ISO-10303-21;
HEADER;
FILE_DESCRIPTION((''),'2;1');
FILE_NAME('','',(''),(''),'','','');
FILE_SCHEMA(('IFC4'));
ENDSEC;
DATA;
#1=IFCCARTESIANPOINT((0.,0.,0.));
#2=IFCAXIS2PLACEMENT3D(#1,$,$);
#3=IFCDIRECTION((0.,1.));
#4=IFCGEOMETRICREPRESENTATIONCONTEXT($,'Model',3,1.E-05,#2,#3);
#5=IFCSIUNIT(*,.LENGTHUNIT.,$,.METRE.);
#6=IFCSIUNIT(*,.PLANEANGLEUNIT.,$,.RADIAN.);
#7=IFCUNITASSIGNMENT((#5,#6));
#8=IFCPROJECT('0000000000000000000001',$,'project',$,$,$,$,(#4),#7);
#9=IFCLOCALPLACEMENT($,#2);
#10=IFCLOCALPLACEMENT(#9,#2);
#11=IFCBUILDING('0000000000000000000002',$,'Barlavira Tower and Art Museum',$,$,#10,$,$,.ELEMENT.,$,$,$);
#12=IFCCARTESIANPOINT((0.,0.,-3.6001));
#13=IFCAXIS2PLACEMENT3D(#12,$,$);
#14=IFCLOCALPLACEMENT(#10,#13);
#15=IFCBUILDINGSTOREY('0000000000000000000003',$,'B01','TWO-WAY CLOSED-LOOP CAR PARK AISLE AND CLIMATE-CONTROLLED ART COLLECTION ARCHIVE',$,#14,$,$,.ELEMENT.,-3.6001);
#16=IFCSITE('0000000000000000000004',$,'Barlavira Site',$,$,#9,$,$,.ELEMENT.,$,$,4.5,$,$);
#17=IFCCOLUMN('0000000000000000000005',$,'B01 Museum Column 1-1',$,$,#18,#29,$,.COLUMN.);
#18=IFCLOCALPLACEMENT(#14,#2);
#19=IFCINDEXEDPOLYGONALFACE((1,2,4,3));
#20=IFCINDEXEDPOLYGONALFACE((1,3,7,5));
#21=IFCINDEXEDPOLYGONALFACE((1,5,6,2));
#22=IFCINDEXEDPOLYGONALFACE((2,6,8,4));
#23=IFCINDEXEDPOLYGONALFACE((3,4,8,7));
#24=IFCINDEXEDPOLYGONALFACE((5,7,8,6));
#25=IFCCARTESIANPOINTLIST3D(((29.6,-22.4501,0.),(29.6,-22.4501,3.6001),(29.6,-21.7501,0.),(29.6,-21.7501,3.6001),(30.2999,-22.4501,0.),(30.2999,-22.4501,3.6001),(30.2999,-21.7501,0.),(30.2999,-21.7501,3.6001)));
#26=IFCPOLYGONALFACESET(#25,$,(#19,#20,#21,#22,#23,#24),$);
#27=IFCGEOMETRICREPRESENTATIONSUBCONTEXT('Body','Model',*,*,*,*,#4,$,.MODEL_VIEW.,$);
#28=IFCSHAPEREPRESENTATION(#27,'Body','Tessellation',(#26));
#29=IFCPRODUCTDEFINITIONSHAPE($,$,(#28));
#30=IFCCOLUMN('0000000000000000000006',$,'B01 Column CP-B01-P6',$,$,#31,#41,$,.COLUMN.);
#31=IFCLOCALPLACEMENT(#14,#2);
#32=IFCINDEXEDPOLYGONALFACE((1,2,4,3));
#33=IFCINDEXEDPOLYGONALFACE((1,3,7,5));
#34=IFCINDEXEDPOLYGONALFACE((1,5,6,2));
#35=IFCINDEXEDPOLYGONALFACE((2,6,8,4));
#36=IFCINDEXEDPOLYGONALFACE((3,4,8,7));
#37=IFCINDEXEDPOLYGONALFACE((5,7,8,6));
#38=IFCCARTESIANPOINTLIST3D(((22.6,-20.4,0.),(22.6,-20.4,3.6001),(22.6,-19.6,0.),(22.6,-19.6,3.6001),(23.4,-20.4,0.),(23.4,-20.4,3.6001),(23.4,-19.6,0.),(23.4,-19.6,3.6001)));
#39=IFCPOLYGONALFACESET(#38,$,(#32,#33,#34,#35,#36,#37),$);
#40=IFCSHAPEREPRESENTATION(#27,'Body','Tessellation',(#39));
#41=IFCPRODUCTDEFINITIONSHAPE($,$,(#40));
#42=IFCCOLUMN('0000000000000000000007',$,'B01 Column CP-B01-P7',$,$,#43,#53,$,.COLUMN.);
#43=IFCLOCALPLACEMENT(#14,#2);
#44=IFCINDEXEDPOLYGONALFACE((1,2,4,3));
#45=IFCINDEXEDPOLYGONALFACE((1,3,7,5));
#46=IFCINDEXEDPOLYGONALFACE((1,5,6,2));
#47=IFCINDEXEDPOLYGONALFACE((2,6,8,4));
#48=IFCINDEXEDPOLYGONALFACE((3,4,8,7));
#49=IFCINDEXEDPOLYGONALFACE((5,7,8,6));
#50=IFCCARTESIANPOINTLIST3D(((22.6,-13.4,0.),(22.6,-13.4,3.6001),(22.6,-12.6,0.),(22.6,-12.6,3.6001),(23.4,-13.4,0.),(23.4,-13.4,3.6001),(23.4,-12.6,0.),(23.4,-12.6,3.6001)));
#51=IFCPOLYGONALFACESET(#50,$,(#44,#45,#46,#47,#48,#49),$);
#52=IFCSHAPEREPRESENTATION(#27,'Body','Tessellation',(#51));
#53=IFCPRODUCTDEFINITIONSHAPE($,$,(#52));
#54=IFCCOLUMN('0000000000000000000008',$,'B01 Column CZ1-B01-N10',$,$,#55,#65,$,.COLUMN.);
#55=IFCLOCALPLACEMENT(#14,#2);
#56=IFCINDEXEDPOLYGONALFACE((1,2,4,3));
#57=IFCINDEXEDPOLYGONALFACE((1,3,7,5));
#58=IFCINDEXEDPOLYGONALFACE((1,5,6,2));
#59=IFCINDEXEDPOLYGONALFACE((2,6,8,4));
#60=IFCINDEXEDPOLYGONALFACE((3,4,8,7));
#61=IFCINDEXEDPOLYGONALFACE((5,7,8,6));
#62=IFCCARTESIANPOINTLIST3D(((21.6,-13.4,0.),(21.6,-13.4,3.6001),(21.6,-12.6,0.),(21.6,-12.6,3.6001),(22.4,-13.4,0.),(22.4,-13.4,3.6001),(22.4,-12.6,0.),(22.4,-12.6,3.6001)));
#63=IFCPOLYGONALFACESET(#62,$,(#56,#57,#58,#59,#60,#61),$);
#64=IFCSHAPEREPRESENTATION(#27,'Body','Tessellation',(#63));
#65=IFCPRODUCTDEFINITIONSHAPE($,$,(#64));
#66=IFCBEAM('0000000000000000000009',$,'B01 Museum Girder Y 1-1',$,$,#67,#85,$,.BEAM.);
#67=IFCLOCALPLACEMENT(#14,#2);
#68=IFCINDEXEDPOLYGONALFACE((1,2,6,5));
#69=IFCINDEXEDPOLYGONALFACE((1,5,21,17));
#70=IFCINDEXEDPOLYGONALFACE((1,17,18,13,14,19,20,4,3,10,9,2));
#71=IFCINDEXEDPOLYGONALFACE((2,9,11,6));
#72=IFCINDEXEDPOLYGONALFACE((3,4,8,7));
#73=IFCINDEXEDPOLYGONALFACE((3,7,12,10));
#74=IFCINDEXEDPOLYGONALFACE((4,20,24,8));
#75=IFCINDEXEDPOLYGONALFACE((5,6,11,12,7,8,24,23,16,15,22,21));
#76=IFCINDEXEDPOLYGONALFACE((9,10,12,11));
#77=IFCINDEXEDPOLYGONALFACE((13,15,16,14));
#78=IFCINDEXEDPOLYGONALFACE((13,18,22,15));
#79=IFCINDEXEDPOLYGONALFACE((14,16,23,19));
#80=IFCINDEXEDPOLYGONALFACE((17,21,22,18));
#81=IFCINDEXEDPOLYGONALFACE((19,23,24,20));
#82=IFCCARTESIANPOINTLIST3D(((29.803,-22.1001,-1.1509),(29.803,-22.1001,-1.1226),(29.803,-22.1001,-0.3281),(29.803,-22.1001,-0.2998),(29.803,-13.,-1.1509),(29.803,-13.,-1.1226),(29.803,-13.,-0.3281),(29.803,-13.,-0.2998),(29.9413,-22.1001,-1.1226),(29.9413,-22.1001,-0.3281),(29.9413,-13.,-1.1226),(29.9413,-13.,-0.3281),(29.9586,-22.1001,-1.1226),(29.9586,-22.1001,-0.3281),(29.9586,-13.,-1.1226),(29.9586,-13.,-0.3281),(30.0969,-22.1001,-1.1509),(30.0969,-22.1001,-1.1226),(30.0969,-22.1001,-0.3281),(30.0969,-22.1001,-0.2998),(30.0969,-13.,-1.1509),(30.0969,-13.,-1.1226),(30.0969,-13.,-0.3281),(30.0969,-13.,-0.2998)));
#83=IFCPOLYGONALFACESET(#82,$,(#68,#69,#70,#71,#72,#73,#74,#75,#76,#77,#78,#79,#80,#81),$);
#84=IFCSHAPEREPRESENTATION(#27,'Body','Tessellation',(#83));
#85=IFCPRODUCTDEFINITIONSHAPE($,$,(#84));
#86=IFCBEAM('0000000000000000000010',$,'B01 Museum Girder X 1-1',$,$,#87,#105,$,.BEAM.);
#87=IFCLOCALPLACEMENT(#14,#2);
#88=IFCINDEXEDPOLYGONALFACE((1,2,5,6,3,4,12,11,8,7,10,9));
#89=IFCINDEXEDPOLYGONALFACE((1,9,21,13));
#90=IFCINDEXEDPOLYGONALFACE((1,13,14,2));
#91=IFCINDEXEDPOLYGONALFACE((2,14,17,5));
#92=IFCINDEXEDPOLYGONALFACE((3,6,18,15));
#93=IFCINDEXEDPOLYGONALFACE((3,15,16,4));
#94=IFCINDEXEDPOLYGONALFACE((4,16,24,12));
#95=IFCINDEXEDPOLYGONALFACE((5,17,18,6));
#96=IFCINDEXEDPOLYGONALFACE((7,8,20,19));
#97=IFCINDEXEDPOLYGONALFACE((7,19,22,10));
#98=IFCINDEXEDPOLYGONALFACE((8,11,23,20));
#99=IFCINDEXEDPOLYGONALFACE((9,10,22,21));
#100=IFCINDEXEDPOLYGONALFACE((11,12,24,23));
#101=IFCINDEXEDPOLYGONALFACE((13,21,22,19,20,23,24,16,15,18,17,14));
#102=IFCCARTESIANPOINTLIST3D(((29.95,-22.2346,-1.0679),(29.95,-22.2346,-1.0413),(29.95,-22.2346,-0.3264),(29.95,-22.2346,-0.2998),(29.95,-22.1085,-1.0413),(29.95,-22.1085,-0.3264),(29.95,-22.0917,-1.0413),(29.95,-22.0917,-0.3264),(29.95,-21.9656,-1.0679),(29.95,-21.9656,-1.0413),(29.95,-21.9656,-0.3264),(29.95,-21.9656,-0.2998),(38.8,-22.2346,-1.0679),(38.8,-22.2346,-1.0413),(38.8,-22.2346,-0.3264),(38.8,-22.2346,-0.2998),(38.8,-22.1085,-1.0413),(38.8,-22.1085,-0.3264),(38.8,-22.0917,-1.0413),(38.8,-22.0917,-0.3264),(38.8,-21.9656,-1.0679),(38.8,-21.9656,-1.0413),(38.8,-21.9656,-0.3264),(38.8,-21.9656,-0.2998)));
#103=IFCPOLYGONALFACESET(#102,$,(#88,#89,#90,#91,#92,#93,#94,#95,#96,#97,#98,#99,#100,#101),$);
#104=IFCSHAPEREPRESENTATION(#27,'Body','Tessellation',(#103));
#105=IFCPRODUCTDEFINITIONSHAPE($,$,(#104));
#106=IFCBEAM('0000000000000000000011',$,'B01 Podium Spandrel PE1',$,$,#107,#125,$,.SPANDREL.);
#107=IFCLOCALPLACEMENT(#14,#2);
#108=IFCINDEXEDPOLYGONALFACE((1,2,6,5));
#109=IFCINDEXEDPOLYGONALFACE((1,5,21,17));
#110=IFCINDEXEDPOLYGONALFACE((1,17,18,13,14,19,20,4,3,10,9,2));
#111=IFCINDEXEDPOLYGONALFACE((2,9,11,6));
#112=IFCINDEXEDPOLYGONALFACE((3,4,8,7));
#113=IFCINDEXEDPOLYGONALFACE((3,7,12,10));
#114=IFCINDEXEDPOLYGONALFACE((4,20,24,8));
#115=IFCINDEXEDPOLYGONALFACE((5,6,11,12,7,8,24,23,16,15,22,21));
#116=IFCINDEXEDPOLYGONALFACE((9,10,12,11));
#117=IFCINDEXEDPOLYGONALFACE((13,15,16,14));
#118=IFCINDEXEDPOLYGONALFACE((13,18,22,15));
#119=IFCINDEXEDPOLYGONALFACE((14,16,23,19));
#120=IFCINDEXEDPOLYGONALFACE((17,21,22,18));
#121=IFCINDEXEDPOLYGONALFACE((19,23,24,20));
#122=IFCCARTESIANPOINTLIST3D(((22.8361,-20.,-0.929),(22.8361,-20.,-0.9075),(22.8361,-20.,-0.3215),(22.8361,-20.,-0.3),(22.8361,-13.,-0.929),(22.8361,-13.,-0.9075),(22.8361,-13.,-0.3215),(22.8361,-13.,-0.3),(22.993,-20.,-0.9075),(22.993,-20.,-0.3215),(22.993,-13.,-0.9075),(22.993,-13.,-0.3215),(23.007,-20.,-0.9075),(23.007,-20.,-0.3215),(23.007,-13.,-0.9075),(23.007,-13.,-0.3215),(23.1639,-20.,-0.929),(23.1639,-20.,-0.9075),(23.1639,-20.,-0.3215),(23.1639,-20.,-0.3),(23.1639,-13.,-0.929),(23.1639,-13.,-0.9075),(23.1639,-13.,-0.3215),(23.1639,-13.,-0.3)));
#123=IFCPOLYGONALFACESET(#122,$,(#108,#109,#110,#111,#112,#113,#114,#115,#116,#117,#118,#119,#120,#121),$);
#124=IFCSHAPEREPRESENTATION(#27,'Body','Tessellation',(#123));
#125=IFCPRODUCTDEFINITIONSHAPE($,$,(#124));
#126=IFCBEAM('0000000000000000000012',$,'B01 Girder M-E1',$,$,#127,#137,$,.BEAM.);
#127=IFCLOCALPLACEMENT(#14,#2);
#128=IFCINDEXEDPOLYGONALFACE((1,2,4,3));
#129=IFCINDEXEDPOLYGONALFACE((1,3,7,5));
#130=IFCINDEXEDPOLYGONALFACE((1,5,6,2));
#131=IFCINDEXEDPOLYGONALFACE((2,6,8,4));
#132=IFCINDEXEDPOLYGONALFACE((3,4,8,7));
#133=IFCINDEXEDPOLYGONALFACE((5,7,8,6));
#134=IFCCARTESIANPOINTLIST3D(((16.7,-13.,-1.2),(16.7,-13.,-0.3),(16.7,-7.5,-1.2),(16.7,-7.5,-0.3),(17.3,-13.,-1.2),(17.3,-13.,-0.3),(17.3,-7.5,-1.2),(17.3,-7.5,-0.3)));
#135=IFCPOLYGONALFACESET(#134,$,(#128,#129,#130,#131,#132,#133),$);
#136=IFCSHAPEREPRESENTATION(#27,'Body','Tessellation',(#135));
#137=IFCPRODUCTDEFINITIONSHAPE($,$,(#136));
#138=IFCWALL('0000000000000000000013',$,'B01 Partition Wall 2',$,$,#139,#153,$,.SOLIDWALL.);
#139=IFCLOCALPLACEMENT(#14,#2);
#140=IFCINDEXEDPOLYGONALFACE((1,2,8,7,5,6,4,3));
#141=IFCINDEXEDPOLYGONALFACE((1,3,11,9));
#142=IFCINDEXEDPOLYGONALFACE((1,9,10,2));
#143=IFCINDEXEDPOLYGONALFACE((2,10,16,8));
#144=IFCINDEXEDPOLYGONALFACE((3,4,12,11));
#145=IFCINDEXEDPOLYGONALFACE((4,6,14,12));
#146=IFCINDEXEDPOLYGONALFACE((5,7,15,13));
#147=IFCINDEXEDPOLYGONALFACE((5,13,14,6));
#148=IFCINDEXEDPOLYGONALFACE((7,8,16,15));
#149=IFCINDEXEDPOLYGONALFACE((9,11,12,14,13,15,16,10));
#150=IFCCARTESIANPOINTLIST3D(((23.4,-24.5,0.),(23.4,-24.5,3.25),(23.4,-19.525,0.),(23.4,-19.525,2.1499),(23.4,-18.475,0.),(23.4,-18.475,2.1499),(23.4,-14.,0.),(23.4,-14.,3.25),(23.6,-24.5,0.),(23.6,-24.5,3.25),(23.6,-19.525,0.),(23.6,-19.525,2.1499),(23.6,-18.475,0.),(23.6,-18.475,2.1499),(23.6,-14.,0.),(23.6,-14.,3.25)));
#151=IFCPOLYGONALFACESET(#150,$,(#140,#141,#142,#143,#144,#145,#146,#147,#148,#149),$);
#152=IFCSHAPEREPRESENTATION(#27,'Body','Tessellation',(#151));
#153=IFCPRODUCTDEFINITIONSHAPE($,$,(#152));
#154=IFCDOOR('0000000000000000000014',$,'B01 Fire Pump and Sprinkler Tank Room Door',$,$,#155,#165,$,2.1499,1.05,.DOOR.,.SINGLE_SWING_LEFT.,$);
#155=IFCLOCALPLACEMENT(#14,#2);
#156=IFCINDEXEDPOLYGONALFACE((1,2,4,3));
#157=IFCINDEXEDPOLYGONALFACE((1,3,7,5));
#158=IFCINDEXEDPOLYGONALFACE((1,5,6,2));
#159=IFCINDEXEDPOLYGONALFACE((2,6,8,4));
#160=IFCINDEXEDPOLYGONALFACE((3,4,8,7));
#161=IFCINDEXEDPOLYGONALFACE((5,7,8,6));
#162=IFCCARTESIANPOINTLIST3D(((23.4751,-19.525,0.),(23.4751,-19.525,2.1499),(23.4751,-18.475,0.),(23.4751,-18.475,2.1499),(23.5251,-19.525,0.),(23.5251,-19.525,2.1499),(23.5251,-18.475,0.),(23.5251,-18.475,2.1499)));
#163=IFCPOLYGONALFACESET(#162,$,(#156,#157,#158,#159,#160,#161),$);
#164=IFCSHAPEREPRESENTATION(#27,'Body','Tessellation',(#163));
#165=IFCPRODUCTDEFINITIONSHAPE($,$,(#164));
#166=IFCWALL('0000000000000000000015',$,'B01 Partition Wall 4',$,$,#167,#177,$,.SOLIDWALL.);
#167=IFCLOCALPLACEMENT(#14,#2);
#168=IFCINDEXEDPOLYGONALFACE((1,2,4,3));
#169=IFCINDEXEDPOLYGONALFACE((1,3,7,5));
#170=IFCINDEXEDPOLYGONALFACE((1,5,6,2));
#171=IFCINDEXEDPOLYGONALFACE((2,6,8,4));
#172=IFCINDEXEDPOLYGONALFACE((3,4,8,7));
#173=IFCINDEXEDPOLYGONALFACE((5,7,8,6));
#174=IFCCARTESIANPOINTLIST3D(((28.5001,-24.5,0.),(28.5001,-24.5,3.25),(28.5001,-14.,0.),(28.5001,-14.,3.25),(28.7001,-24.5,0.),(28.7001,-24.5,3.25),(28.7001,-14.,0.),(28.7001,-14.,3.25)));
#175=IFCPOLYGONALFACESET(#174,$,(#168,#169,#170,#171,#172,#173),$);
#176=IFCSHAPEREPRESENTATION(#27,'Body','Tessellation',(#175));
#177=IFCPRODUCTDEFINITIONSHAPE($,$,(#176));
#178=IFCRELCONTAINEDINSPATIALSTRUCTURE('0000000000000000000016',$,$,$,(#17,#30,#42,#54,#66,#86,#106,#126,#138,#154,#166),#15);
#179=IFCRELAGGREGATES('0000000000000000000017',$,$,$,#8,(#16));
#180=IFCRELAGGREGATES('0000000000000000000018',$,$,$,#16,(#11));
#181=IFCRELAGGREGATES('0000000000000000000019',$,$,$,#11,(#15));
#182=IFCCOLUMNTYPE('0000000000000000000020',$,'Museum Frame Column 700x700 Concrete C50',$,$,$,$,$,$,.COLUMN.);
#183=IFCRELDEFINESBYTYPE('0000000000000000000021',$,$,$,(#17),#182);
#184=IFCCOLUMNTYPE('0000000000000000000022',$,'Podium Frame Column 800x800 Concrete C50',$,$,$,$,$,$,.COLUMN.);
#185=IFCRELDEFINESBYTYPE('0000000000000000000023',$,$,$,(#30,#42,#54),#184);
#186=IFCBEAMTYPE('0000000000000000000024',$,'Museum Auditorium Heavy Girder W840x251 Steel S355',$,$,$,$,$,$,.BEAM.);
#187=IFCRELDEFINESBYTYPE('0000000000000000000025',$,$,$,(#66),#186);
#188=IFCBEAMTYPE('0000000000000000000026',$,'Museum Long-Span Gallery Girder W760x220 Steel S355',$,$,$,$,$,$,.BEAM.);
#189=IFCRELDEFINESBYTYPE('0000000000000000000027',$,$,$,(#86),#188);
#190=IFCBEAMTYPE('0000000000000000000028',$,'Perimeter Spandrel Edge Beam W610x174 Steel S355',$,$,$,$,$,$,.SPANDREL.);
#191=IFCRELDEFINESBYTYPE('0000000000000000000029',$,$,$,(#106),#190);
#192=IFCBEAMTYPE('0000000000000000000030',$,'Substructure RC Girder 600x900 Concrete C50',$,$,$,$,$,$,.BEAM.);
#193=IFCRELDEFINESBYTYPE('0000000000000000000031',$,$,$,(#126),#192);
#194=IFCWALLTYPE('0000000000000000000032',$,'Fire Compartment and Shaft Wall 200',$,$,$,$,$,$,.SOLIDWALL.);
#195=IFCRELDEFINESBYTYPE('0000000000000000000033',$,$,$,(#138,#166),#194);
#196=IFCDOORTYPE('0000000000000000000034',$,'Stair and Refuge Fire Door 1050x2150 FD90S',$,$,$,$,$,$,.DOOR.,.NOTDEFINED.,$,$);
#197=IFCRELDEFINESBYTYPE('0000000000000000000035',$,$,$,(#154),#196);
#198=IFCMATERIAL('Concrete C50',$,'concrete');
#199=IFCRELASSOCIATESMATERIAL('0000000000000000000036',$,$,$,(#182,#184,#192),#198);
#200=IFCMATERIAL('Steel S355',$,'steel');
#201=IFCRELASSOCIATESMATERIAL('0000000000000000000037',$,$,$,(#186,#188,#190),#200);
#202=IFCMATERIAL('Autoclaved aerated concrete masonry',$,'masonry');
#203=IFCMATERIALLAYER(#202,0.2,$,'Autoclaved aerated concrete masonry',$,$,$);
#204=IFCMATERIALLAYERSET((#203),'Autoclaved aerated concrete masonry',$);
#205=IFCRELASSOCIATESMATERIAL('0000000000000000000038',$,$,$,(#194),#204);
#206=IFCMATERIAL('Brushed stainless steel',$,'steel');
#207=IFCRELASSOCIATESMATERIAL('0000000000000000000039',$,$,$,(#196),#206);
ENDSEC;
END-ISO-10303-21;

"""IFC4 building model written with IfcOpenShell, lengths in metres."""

from ifc_helpers import new_model, si_unit, direction, frame, frame_2d, origin, origin_2d, place, context, subcontext, project, spatial, rectangle, i_section, extrude, material, layer, layer_set, material_profile, profile_set, type_object, element, fill, save


model = new_model("IFC4")

# Units and contexts
model_context = context("Model", 3, precision=1e-05, world=origin(), true_north=direction((0.0, 1.0)))
body_context = subcontext(model_context, "Body", "Model", "MODEL_VIEW")
ifc_project = project(units=[si_unit("LENGTHUNIT", "METRE"), si_unit("PLANEANGLEUNIT", "RADIAN")], contexts=[model_context])

# Site, building, storey
site_placement = place(None, origin())
site = spatial("IfcSite", under=ifc_project, at=site_placement, Name="Barlavira Site", CompositionType="ELEMENT", RefElevation=4.5)
building_placement = place(site_placement, origin())
building = spatial("IfcBuilding", under=site, at=building_placement, Name="Barlavira Tower and Art Museum", CompositionType="ELEMENT")
storey_placement = place(building_placement, frame((0.0, 0.0, -3.6001)))
storey = spatial("IfcBuildingStorey", under=building, at=storey_placement, Name="B01", Description="TWO-WAY CLOSED-LOOP CAR PARK AISLE AND CLIMATE-CONTROLLED ART COLLECTION ARCHIVE", CompositionType="ELEMENT", Elevation=-3.6001)

# Columns
ifc_material_1 = material(Name="Concrete C50", Category="concrete")
ifc_material_profile_1 = material_profile(ifc_material_1, rectangle(XDim=0.7, YDim=0.7, at=origin_2d()), Name="RC-COL 700x700")
ifc_profile_set_1 = profile_set([ifc_material_profile_1], Name="Concrete C50")
column_type_1 = type_object("IfcColumnType", Name="Museum Frame Column 700x700 Concrete C50", PredefinedType="COLUMN", material=ifc_profile_set_1)
column_placement = place(storey_placement, frame((29.95, -22.1001, 0.0), z_axis=(0.0, 0.0, 1.0), x_axis=(1.0, 0.0, 0.0)))
element("IfcColumn", 1, at=column_placement, inside=storey, type_object=column_type_1, Name="B01 Museum Column 1-1", PredefinedType="COLUMN", context=body_context, shape_type="SweptSolid", body=[
    extrude(rectangle(XDim=0.7, YDim=0.7, at=origin_2d()), origin(), (0.0, 0.0, 1.0), 3.6001),
])
ifc_material_profile_2 = material_profile(ifc_material_1, rectangle(XDim=0.8, YDim=0.8, at=origin_2d()), Name="RC-COL 800x800")
ifc_profile_set_2 = profile_set([ifc_material_profile_2], Name="Concrete C50")
column_type_2 = type_object("IfcColumnType", Name="Podium Frame Column 800x800 Concrete C50", PredefinedType="COLUMN", material=ifc_profile_set_2)
for number, where, z_axis, x_axis, name in (
    (2, (23.0, -20.0, 0.0), (0.0, 0.0, 1.0), (1.0, 0.0, 0.0), "B01 Column CP-B01-P6"),
    (3, (23.0, -13.0, 0.0), (0.0, 0.0, 1.0), (1.0, 0.0, 0.0), "B01 Column CP-B01-P7"),
    (4, (22.0, -13.0, 0.0), (0.0, 0.0, 1.0), (1.0, 0.0, 0.0), "B01 Column CZ1-B01-N10"),
):
    element("IfcColumn", number, at=place(storey_placement, frame(where, z_axis=z_axis, x_axis=x_axis)), inside=storey, type_object=column_type_2, Name=name, PredefinedType="COLUMN", context=body_context, shape_type="SweptSolid", body=[
        extrude(rectangle(XDim=0.8, YDim=0.8, at=origin_2d()), origin(), (0.0, 0.0, 1.0), 3.6001),
    ])

# Beams
ifc_material_2 = material(Name="Steel S355", Category="steel")
ifc_material_profile_3 = material_profile(ifc_material_2, i_section(OverallWidth=0.2939, OverallDepth=0.8511, WebThickness=0.0173, FlangeThickness=0.0283, at=origin_2d()), Name="W840x251.0")
ifc_profile_set_3 = profile_set([ifc_material_profile_3], Name="Steel S355")
beam_type_1 = type_object("IfcBeamType", Name="Museum Auditorium Heavy Girder W840x251 Steel S355", PredefinedType="BEAM", material=ifc_profile_set_3)
beam_1_placement = place(storey_placement, frame((29.95, -22.1001, -0.7253), z_axis=(0.0, 1.0, 0.0), x_axis=(-1.0, 0.0, 0.0)))
element("IfcBeam", 5, at=beam_1_placement, inside=storey, type_object=beam_type_1, Name="B01 Museum Girder Y 1-1", PredefinedType="BEAM", context=body_context, shape_type="SweptSolid", body=[
    extrude(i_section(OverallWidth=0.2939, OverallDepth=0.8511, WebThickness=0.0173, FlangeThickness=0.0283, at=origin_2d()), origin(), (0.0, 0.0, 1.0), 9.1001),
])
ifc_material_profile_4 = material_profile(ifc_material_2, i_section(OverallWidth=0.269, OverallDepth=0.7681, WebThickness=0.0168, FlangeThickness=0.0266, at=origin_2d()), Name="W760x220.0")
ifc_profile_set_4 = profile_set([ifc_material_profile_4], Name="Steel S355")
beam_type_2 = type_object("IfcBeamType", Name="Museum Long-Span Gallery Girder W760x220 Steel S355", PredefinedType="BEAM", material=ifc_profile_set_4)
beam_2_placement = place(storey_placement, frame((29.95, -22.1001, -0.6838), z_axis=(1.0, 0.0, 0.0), x_axis=(0.0, 1.0, 0.0)))
element("IfcBeam", 6, at=beam_2_placement, inside=storey, type_object=beam_type_2, Name="B01 Museum Girder X 1-1", PredefinedType="BEAM", context=body_context, shape_type="SweptSolid", body=[
    extrude(i_section(OverallWidth=0.269, OverallDepth=0.7681, WebThickness=0.0168, FlangeThickness=0.0266, at=origin_2d()), origin(), (0.0, 0.0, 1.0), 8.8501),
])
ifc_material_profile_5 = material_profile(ifc_material_2, i_section(OverallWidth=0.3279, OverallDepth=0.6289, WebThickness=0.0139, FlangeThickness=0.0215, at=origin_2d()), Name="W610x174.0")
ifc_profile_set_5 = profile_set([ifc_material_profile_5], Name="Steel S355")
beam_type_3 = type_object("IfcBeamType", Name="Perimeter Spandrel Edge Beam W610x174 Steel S355", PredefinedType="SPANDREL", material=ifc_profile_set_5)
beam_3_placement = place(storey_placement, frame((23.0, -20.0, -0.6145), z_axis=(0.0, 1.0, 0.0), x_axis=(-1.0, 0.0, 0.0)))
element("IfcBeam", 7, at=beam_3_placement, inside=storey, type_object=beam_type_3, Name="B01 Podium Spandrel PE1", PredefinedType="SPANDREL", context=body_context, shape_type="SweptSolid", body=[
    extrude(i_section(OverallWidth=0.3279, OverallDepth=0.6289, WebThickness=0.0139, FlangeThickness=0.0215, at=origin_2d()), origin(), (0.0, 0.0, 1.0), 7.0),
])
ifc_material_profile_6 = material_profile(ifc_material_1, rectangle(XDim=0.6001, YDim=0.8999, at=origin_2d()), Name="RC-BM 600x900")
ifc_profile_set_6 = profile_set([ifc_material_profile_6], Name="Concrete C50")
beam_type_4 = type_object("IfcBeamType", Name="Substructure RC Girder 600x900 Concrete C50", PredefinedType="BEAM", material=ifc_profile_set_6)
beam_4_placement = place(storey_placement, frame((17.0, -13.0, -0.75), z_axis=(0.0, 1.0, 0.0), x_axis=(-1.0, 0.0, 0.0)))
element("IfcBeam", 8, at=beam_4_placement, inside=storey, type_object=beam_type_4, Name="B01 Girder M-E1", PredefinedType="BEAM", context=body_context, shape_type="SweptSolid", body=[
    extrude(rectangle(XDim=0.6001, YDim=0.8999, at=origin_2d()), origin(), (0.0, 0.0, 1.0), 5.5),
])

# Wall, opening, door
ifc_material_3 = material(Name="Autoclaved aerated concrete masonry", Category="masonry")
ifc_layer_1 = layer(ifc_material_3, 0.2, Name="Autoclaved aerated concrete masonry")
ifc_layer_set_1 = layer_set([ifc_layer_1], Name="Autoclaved aerated concrete masonry")
wall_type_1 = type_object("IfcWallType", Name="Fire Compartment and Shaft Wall 200", PredefinedType="SOLIDWALL", material=ifc_layer_set_1)
wall_1_placement = place(storey_placement, frame((23.5, -24.5, 0.0), z_axis=(0.0, 0.0, 1.0), x_axis=(0.0, 1.0, 0.0)))
wall_1 = element("IfcWall", 9, at=wall_1_placement, inside=storey, type_object=wall_type_1, Name="B01 Partition Wall 2", PredefinedType="SOLIDWALL", context=body_context, shape_type="SweptSolid", body=[
    extrude(rectangle(XDim=10.5, YDim=0.2, at=frame_2d((5.25, 0.0))), origin(), (0.0, 0.0, 1.0), 3.25),
])
opening_1_placement = place(wall_1_placement, frame((4.9751, 0.0, 0.0)))
opening_1 = element("IfcOpeningElement", 10, at=opening_1_placement, cuts=wall_1, PredefinedType="OPENING", context=body_context, shape_type="SweptSolid", body=[
    extrude(rectangle(XDim=1.05, YDim=2.1499, at=frame_2d((0.5249, 1.075))), frame((0.0, 0.1099, 0.0), z_axis=(0.0, -1.0, 0.0), x_axis=(1.0, 0.0, 0.0)), (0.0, 0.0, 1.0), 0.22),
])
ifc_material_4 = material(Name="Brushed stainless steel", Category="steel")
door_type = type_object("IfcDoorType", Name="Stair and Refuge Fire Door 1050x2150 FD90S", OperationType="NOTDEFINED", PredefinedType="DOOR", material=ifc_material_4)
door_1_placement = place(opening_1_placement, origin())
door_1 = element("IfcDoor", 11, at=door_1_placement, inside=storey, type_object=door_type, Name="B01 Fire Pump and Sprinkler Tank Room Door", OperationType="SINGLE_SWING_LEFT", OverallHeight=2.1499, OverallWidth=1.05, PredefinedType="DOOR", context=body_context, shape_type="SweptSolid", body=[
    extrude(rectangle(XDim=1.05, YDim=2.1499, at=frame_2d((0.5249, 1.075))), frame((0.0, 0.0249, 0.0), z_axis=(0.0, -1.0, 0.0), x_axis=(1.0, 0.0, 0.0)), (0.0, 0.0, 1.0), 0.05),
])
fill(opening_1, door_1)

# Wall
wall_2_placement = place(storey_placement, frame((28.6001, -24.5, 0.0), z_axis=(0.0, 0.0, 1.0), x_axis=(0.0, 1.0, 0.0)))
element("IfcWall", 12, at=wall_2_placement, inside=storey, type_object=wall_type_1, Name="B01 Partition Wall 4", PredefinedType="SOLIDWALL", context=body_context, shape_type="SweptSolid", body=[
    extrude(rectangle(XDim=10.5, YDim=0.2, at=frame_2d((5.25, 0.0))), origin(), (0.0, 0.0, 1.0), 3.25),
])

save(model, "model.ifc")
